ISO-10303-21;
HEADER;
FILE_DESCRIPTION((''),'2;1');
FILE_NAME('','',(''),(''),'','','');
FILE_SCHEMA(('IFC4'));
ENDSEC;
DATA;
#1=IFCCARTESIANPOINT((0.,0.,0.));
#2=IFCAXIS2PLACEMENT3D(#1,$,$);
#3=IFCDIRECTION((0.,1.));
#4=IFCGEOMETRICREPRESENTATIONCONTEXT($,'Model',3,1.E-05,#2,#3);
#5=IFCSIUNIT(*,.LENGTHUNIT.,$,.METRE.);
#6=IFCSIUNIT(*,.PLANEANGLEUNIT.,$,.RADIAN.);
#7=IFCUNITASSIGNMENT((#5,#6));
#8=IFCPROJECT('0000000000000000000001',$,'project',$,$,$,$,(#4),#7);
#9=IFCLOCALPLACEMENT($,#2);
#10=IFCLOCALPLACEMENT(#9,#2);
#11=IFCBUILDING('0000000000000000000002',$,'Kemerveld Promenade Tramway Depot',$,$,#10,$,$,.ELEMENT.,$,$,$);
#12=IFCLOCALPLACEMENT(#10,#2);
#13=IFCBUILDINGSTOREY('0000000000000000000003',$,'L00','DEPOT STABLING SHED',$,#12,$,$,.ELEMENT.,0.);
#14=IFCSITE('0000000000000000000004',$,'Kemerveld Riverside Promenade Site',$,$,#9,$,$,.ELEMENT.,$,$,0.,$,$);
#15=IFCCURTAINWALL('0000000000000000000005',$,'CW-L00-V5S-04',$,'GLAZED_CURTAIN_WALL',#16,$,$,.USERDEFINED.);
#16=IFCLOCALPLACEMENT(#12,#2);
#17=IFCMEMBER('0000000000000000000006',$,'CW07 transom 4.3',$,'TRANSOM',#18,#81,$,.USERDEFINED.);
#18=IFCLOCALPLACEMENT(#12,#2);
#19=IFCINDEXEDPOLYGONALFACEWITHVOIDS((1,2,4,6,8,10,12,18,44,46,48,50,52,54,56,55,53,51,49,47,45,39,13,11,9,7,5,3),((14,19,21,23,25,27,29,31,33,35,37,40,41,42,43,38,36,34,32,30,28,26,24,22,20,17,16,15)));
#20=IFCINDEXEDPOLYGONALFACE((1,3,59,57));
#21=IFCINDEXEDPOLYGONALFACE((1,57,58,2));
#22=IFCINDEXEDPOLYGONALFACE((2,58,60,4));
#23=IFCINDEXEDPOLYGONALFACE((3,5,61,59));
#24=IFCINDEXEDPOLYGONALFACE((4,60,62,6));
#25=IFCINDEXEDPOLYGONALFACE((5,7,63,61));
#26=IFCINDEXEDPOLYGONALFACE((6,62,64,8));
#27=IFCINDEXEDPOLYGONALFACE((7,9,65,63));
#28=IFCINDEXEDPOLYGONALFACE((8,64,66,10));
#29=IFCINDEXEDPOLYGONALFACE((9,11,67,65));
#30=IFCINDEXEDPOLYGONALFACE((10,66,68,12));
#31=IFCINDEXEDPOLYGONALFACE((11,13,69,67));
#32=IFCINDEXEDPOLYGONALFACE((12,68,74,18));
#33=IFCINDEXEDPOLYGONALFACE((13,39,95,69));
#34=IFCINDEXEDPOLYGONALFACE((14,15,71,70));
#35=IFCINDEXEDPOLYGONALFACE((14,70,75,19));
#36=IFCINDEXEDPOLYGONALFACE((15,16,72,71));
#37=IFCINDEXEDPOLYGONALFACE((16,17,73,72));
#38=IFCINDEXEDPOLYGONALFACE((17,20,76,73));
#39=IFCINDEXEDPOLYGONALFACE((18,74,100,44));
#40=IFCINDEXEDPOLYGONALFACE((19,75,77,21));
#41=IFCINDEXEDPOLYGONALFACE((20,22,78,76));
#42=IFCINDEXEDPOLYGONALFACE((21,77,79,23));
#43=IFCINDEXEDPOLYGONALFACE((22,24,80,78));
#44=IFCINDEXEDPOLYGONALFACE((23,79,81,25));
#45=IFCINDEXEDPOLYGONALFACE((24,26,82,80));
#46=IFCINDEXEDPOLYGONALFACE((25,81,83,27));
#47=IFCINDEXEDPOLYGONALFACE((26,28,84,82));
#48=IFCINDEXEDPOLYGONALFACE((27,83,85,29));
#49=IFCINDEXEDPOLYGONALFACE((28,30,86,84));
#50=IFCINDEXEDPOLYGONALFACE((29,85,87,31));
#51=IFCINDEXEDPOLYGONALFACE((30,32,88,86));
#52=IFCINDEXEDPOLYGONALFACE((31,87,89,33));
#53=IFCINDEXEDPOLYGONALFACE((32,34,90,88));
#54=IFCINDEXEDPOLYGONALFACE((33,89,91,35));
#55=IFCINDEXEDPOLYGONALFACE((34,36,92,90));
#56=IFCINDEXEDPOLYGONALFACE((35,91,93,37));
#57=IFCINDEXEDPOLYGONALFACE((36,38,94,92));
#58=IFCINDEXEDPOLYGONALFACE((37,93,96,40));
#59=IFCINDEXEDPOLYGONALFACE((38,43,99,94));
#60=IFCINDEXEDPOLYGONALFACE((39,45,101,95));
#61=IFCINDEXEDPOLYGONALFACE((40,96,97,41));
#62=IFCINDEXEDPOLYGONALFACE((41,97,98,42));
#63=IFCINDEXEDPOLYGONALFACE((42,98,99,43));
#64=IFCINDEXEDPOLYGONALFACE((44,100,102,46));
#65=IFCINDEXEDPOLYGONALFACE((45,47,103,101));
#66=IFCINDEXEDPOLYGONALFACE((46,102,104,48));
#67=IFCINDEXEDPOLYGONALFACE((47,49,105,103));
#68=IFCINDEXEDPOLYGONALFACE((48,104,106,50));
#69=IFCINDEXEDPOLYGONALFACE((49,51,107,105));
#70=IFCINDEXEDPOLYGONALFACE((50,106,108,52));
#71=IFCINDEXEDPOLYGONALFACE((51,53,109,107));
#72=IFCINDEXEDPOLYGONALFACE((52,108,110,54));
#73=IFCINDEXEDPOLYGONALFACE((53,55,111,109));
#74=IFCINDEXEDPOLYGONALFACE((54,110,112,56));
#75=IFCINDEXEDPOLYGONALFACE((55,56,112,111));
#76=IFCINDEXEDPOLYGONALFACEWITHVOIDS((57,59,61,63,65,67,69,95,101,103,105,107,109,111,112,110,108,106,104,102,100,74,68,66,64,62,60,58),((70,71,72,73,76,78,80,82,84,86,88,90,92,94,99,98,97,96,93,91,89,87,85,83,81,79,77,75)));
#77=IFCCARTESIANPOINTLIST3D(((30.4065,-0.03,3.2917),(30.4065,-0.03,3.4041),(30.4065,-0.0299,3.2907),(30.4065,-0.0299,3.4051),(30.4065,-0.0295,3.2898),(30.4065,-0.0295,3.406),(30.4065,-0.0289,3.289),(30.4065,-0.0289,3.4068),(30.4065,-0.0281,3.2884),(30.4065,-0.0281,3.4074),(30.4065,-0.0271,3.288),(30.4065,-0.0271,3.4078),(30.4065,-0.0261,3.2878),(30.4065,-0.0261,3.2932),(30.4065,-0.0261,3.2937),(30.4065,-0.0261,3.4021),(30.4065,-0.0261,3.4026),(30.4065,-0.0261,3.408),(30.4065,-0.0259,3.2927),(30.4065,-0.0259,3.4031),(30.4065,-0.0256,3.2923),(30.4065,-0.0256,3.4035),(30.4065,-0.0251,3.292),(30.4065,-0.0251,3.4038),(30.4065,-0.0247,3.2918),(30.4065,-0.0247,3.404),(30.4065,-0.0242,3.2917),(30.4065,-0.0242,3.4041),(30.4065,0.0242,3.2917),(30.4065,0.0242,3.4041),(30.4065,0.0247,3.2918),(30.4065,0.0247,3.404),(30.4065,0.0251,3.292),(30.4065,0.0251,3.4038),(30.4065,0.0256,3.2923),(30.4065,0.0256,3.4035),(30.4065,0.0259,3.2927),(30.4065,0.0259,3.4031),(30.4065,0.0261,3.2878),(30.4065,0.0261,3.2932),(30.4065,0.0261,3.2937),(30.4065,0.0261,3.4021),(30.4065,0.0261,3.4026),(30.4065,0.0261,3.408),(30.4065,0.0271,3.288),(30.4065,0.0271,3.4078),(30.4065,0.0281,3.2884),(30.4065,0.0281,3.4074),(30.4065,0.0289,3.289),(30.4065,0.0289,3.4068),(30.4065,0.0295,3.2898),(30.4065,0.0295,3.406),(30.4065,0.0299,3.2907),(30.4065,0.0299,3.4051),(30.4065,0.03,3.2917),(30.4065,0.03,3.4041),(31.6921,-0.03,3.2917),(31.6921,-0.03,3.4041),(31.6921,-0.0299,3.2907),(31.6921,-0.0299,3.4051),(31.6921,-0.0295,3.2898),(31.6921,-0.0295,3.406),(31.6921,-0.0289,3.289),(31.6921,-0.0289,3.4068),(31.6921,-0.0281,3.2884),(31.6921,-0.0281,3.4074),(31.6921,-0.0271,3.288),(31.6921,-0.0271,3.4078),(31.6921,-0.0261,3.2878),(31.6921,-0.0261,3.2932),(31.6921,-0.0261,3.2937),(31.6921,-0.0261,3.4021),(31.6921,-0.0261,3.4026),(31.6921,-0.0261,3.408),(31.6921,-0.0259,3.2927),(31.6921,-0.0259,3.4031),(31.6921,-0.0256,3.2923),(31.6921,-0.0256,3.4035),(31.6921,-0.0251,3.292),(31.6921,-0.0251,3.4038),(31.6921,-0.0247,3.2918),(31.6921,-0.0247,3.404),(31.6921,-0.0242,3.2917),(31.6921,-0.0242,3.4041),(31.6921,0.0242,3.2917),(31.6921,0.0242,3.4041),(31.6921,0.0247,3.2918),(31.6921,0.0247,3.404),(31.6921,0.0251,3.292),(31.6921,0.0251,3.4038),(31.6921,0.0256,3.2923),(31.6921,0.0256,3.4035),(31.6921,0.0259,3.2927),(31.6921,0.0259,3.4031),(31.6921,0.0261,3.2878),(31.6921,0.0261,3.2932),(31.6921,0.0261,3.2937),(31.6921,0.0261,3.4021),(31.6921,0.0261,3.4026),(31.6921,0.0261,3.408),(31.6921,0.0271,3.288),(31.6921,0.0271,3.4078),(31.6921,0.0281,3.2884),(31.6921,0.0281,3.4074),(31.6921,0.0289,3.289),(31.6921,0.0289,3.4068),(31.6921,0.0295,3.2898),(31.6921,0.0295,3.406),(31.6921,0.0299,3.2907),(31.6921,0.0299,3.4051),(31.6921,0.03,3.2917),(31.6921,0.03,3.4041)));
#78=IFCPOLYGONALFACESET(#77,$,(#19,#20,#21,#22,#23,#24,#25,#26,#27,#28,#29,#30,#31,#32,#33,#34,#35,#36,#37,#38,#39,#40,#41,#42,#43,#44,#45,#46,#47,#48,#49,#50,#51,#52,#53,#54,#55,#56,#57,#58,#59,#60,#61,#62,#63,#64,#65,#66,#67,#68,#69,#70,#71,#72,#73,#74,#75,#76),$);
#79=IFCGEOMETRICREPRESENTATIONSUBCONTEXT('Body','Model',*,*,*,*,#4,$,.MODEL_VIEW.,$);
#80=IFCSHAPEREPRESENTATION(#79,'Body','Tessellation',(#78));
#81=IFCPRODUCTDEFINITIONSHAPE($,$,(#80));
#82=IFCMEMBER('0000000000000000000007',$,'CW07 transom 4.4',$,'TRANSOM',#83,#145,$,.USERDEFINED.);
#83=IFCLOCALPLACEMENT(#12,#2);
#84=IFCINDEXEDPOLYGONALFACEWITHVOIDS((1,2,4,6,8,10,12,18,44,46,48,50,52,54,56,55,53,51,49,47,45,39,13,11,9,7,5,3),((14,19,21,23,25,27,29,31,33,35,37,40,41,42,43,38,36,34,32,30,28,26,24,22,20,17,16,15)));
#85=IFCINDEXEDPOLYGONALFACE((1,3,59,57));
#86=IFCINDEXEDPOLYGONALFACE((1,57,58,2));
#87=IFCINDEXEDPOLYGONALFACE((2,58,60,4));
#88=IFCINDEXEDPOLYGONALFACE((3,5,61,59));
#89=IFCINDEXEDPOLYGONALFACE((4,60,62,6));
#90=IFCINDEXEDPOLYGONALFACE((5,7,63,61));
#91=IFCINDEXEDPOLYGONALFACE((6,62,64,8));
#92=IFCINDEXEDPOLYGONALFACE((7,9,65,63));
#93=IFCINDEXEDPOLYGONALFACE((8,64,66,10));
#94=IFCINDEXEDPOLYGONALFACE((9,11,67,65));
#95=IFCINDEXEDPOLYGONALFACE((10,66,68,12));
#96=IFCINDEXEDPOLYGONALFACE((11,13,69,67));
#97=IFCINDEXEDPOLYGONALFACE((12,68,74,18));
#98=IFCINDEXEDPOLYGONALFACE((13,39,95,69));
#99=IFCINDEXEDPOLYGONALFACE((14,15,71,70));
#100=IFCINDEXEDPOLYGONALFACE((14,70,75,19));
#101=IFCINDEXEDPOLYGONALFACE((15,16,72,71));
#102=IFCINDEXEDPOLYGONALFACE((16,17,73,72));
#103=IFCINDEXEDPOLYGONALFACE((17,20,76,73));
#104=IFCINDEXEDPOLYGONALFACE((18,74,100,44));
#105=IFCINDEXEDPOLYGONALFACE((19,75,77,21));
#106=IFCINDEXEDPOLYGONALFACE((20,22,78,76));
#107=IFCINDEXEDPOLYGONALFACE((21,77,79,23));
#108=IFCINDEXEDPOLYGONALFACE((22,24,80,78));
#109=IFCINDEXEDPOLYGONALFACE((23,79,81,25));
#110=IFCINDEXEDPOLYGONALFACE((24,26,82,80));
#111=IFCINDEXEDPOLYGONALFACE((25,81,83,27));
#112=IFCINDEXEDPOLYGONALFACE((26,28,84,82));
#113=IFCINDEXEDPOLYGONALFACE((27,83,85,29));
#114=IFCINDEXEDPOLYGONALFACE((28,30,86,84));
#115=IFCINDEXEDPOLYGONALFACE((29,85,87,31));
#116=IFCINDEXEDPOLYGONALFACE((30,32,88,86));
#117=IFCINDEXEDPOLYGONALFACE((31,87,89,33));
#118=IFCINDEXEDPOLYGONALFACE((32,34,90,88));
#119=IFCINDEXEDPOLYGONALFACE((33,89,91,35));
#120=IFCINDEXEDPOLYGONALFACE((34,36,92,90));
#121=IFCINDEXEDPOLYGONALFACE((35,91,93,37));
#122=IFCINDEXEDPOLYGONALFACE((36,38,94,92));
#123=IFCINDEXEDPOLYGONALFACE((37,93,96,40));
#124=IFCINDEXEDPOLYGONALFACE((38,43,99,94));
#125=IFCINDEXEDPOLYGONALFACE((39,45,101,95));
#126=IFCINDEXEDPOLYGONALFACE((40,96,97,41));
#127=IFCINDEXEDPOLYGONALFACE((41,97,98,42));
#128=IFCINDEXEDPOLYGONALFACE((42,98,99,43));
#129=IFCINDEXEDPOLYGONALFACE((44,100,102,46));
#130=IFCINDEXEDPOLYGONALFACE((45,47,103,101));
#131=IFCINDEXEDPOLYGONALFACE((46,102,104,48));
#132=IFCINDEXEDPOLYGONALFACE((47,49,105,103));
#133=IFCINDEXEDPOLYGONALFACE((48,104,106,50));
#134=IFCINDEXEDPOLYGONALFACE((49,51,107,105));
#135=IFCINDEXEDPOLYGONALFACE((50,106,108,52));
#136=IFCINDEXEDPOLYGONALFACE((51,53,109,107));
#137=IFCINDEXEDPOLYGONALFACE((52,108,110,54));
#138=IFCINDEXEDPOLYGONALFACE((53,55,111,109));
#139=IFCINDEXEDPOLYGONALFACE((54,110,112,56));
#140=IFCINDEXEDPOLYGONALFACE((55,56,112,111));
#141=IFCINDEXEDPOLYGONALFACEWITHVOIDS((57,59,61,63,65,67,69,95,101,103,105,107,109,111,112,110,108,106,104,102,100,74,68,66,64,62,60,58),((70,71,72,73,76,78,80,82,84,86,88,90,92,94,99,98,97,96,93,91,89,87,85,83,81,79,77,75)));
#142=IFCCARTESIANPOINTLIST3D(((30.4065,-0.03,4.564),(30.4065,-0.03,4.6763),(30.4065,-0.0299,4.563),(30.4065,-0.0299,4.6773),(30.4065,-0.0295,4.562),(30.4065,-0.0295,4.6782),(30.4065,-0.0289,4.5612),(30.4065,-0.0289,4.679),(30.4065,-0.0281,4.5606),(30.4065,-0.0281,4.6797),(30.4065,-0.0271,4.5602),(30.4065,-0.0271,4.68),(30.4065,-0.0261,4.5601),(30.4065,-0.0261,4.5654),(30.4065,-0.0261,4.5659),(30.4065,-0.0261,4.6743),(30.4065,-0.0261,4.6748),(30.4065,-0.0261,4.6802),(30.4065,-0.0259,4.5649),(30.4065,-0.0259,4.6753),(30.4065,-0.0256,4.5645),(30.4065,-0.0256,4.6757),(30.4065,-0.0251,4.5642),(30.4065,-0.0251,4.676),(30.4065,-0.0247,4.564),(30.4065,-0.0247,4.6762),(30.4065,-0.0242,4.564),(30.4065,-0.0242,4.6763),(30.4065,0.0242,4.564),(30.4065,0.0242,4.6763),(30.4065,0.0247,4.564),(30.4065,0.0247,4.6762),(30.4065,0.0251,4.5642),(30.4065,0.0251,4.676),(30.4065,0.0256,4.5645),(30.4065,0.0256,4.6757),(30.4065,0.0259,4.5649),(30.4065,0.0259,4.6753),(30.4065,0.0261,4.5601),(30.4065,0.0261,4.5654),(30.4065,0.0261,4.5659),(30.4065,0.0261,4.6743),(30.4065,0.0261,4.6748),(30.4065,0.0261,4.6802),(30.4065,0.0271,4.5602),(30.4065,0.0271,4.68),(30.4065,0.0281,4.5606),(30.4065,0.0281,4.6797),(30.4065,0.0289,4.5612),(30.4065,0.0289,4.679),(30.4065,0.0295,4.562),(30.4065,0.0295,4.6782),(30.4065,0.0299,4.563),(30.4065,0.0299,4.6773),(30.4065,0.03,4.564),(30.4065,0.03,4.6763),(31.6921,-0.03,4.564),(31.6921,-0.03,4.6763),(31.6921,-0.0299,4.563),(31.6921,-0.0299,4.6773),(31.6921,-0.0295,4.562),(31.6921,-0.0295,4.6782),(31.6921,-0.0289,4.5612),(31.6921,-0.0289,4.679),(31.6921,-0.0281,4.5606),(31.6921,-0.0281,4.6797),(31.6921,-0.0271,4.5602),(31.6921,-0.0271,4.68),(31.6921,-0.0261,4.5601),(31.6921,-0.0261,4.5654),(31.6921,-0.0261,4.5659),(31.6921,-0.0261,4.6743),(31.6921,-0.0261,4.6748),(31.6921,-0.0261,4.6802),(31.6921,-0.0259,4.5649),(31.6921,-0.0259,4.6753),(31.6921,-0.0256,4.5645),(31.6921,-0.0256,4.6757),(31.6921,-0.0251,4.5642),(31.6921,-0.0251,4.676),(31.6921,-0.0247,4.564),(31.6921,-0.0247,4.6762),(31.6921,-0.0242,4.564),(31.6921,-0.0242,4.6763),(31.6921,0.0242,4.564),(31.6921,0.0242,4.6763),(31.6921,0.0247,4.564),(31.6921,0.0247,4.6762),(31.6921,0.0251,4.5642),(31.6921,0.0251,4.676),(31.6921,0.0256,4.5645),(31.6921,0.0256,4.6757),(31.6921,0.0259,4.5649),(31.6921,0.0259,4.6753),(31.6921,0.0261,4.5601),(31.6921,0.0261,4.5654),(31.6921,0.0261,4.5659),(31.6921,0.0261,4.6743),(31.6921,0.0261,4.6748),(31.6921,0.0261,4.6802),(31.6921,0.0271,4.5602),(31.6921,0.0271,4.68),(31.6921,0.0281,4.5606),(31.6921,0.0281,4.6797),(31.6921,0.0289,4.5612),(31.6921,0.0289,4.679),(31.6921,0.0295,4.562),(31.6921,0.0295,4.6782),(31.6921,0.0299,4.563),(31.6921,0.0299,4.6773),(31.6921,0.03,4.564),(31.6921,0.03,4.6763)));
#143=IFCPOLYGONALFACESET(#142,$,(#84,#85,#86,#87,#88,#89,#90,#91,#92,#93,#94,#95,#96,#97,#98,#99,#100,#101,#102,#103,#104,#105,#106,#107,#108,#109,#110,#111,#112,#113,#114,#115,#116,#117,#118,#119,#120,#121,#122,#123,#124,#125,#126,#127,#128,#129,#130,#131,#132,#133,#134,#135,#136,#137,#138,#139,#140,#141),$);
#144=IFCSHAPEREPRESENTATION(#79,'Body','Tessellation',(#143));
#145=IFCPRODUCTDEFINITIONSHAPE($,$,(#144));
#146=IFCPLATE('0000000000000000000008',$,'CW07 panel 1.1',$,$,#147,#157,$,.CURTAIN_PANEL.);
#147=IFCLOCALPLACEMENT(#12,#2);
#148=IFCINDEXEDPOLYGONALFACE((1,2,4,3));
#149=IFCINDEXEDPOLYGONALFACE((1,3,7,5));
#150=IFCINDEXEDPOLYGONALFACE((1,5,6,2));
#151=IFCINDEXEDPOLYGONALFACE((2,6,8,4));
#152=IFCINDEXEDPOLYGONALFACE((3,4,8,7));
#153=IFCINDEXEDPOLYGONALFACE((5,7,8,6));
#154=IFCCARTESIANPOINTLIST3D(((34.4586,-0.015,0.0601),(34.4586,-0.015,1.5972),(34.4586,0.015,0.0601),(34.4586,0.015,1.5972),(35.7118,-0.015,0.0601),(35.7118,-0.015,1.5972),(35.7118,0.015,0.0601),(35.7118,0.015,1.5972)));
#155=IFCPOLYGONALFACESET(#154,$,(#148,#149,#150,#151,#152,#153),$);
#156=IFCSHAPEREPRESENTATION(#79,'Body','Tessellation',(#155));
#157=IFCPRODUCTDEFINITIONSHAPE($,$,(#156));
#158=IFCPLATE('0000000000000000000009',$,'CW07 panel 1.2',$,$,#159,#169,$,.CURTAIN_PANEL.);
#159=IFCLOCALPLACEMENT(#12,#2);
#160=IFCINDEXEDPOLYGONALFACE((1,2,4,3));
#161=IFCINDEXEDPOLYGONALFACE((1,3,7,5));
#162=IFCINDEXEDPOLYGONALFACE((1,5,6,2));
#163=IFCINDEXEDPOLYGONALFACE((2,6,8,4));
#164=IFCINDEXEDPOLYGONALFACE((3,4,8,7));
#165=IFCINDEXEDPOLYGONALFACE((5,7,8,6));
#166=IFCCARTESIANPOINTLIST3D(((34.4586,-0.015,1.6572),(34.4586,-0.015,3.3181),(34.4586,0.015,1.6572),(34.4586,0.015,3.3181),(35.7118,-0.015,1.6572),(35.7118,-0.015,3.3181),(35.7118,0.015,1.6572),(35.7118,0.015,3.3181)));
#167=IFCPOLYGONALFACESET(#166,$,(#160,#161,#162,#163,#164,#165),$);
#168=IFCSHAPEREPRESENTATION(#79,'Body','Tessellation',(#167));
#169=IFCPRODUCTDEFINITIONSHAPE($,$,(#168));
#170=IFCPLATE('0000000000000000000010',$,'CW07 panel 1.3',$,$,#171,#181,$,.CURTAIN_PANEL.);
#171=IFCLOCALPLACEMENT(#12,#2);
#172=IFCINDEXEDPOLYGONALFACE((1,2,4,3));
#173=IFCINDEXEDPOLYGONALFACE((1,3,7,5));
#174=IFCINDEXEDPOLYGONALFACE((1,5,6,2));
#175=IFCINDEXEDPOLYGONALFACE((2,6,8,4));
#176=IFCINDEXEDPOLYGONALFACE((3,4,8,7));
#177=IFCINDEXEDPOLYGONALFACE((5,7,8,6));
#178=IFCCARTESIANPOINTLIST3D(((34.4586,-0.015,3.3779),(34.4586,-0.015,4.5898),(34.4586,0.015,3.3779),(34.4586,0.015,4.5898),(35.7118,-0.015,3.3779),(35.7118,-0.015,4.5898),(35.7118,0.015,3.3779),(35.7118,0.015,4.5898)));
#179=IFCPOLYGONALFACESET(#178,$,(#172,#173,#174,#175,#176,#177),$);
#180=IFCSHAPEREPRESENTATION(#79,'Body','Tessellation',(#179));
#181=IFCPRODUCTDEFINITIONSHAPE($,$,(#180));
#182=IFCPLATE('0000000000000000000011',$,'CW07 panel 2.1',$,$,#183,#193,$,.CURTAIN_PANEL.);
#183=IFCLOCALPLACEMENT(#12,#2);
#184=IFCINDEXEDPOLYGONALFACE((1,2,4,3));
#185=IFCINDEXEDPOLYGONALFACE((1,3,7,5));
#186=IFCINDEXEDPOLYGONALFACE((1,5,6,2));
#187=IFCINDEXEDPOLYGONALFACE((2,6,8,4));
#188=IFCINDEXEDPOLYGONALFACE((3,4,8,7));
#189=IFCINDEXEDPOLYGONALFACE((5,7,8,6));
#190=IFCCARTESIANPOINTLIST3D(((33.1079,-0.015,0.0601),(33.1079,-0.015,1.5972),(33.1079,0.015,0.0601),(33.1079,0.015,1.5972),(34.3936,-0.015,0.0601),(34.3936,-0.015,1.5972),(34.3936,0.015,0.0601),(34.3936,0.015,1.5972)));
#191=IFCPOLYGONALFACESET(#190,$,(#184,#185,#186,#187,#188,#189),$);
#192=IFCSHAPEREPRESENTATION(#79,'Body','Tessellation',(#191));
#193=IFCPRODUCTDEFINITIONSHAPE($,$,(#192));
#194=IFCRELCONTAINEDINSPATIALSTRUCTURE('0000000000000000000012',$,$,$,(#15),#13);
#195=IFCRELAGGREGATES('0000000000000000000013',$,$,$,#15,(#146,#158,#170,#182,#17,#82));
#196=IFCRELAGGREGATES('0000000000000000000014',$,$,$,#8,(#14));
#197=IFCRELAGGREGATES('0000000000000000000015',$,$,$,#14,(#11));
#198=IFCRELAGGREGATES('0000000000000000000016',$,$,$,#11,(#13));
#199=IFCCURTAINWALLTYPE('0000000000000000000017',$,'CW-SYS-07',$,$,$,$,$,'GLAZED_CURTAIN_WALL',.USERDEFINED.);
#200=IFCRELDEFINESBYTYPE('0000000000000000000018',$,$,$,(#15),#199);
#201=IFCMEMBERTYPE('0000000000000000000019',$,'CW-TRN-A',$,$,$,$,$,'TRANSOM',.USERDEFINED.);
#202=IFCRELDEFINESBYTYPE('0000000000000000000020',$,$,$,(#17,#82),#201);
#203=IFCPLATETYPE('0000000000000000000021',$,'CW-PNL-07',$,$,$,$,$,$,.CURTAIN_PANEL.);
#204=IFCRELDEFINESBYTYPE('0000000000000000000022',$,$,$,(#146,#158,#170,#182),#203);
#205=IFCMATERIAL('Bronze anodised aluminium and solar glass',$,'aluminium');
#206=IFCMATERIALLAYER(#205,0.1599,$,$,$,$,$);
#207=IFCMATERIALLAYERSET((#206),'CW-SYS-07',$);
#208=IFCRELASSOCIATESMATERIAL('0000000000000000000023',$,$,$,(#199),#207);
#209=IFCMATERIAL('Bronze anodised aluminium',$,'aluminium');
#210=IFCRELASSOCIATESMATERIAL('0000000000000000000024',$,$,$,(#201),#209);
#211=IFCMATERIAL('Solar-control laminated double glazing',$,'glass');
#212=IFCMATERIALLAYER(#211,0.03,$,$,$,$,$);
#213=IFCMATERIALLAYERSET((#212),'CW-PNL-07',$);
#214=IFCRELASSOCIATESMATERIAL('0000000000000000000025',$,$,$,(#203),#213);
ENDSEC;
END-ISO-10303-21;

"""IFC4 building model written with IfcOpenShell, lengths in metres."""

from ifc_helpers import new_model, si_unit, direction, frame, origin, origin_2d, place, context, subcontext, project, spatial, rectangle, hollow_rectangle, extrude, material, layer, layer_set, material_profile, profile_set, type_object, element, aggregate, save


model = new_model("IFC4")

# Units and contexts
model_context = context("Model", 3, precision=1e-05, world=origin(), true_north=direction((0.0, 1.0)))
body_context = subcontext(model_context, "Body", "Model", "MODEL_VIEW")
ifc_project = project(units=[si_unit("LENGTHUNIT", "METRE"), si_unit("PLANEANGLEUNIT", "RADIAN")], contexts=[model_context])

# Site, building, storey
site_placement = place(None, origin())
site = spatial("IfcSite", under=ifc_project, at=site_placement, Name="Kemerveld Riverside Promenade Site", CompositionType="ELEMENT", RefElevation=0.0)
building_placement = place(site_placement, origin())
building = spatial("IfcBuilding", under=site, at=building_placement, Name="Kemerveld Promenade Tramway Depot", CompositionType="ELEMENT")
storey_placement = place(building_placement, origin())
storey = spatial("IfcBuildingStorey", under=building, at=storey_placement, Name="L00", Description="DEPOT STABLING SHED", CompositionType="ELEMENT", Elevation=0.0)

# Curtain wall, members, plates
ifc_material_1 = material(Name="Bronze anodised aluminium and solar glass", Category="aluminium")
ifc_layer_1 = layer(ifc_material_1, 0.1599)
ifc_layer_set_1 = layer_set([ifc_layer_1], Name="CW-SYS-07")
curtain_wall_type = type_object("IfcCurtainWallType", Name="CW-SYS-07", ElementType="GLAZED_CURTAIN_WALL", PredefinedType="USERDEFINED", material=ifc_layer_set_1)
curtain_wall_placement = place(storey_placement, origin())
curtain_wall = element("IfcCurtainWall", 1, at=curtain_wall_placement, inside=storey, type_object=curtain_wall_type, Name="CW-L00-V5S-04", ObjectType="GLAZED_CURTAIN_WALL", PredefinedType="USERDEFINED")
ifc_material_2 = material(Name="Bronze anodised aluminium", Category="aluminium")
ifc_material_profile_1 = material_profile(ifc_material_2, hollow_rectangle(XDim=0.0601, YDim=0.1201, WallThickness=0.0039, InnerFilletRadius=0.002, OuterFilletRadius=0.0039, at=origin_2d()), Name="CW-TRN-120x60")
ifc_profile_set_1 = profile_set([ifc_material_profile_1], Name="Bronze anodised aluminium")
member_type_1 = type_object("IfcMemberType", Name="CW-TRN-A", ElementType="TRANSOM", PredefinedType="USERDEFINED", material=ifc_profile_set_1)
member_1_placement = place(storey_placement, frame((31.6921, 0.0, 3.3479), z_axis=(-1.0, 0.0, 0.0), x_axis=(0.0, -1.0, 0.0)))
member_1 = element("IfcMember", 2, at=member_1_placement, type_object=member_type_1, Name="CW07 transom 4.3", ObjectType="TRANSOM", PredefinedType="USERDEFINED", context=body_context, shape_type="SweptSolid", body=[
    extrude(hollow_rectangle(XDim=0.0601, YDim=0.1201, WallThickness=0.0039, InnerFilletRadius=0.002, OuterFilletRadius=0.0039, at=origin_2d()), origin(), (0.0, 0.0, 1.0), 1.2856),
])
member_2_placement = place(storey_placement, frame((31.6921, 0.0, 4.6201), z_axis=(-1.0, 0.0, 0.0), x_axis=(0.0, -1.0, 0.0)))
member_2 = element("IfcMember", 3, at=member_2_placement, type_object=member_type_1, Name="CW07 transom 4.4", ObjectType="TRANSOM", PredefinedType="USERDEFINED", context=body_context, shape_type="SweptSolid", body=[
    extrude(hollow_rectangle(XDim=0.0601, YDim=0.1201, WallThickness=0.0039, InnerFilletRadius=0.002, OuterFilletRadius=0.0039, at=origin_2d()), origin(), (0.0, 0.0, 1.0), 1.2856),
])
ifc_material_3 = material(Name="Solar-control laminated double glazing", Category="glass")
ifc_layer_2 = layer(ifc_material_3, 0.03)
ifc_layer_set_2 = layer_set([ifc_layer_2], Name="CW-PNL-07")
plate_type = type_object("IfcPlateType", Name="CW-PNL-07", PredefinedType="CURTAIN_PANEL", material=ifc_layer_set_2)
plate_1_placement = place(storey_placement, frame((35.0852, 0.0, 0.0601), z_axis=(0.0, 0.0, 1.0), x_axis=(-1.0, 0.0, 0.0)))
plate_1 = element("IfcPlate", 4, at=plate_1_placement, type_object=plate_type, Name="CW07 panel 1.1", PredefinedType="CURTAIN_PANEL", context=body_context, shape_type="SweptSolid", body=[
    extrude(rectangle(XDim=1.2532, YDim=0.03, at=origin_2d()), origin(), (0.0, 0.0, 1.0), 1.5371),
])
plate_2_placement = place(storey_placement, frame((35.0852, 0.0, 1.6572), z_axis=(0.0, 0.0, 1.0), x_axis=(-1.0, 0.0, 0.0)))
plate_2 = element("IfcPlate", 5, at=plate_2_placement, type_object=plate_type, Name="CW07 panel 1.2", PredefinedType="CURTAIN_PANEL", context=body_context, shape_type="SweptSolid", body=[
    extrude(rectangle(XDim=1.2532, YDim=0.03, at=origin_2d()), origin(), (0.0, 0.0, 1.0), 1.6609),
])
plate_3_placement = place(storey_placement, frame((35.0852, 0.0, 3.3779), z_axis=(0.0, 0.0, 1.0), x_axis=(-1.0, 0.0, 0.0)))
plate_3 = element("IfcPlate", 6, at=plate_3_placement, type_object=plate_type, Name="CW07 panel 1.3", PredefinedType="CURTAIN_PANEL", context=body_context, shape_type="SweptSolid", body=[
    extrude(rectangle(XDim=1.2532, YDim=0.03, at=origin_2d()), origin(), (0.0, 0.0, 1.0), 1.2119),
])
plate_4_placement = place(storey_placement, frame((33.7507, 0.0, 0.0601), z_axis=(0.0, 0.0, 1.0), x_axis=(-1.0, 0.0, 0.0)))
plate_4 = element("IfcPlate", 7, at=plate_4_placement, type_object=plate_type, Name="CW07 panel 2.1", PredefinedType="CURTAIN_PANEL", context=body_context, shape_type="SweptSolid", body=[
    extrude(rectangle(XDim=1.2856, YDim=0.03, at=origin_2d()), origin(), (0.0, 0.0, 1.0), 1.5371),
])
aggregate(curtain_wall, [plate_1, plate_2, plate_3, plate_4, member_1, member_2])

save(model, "model.ifc")
